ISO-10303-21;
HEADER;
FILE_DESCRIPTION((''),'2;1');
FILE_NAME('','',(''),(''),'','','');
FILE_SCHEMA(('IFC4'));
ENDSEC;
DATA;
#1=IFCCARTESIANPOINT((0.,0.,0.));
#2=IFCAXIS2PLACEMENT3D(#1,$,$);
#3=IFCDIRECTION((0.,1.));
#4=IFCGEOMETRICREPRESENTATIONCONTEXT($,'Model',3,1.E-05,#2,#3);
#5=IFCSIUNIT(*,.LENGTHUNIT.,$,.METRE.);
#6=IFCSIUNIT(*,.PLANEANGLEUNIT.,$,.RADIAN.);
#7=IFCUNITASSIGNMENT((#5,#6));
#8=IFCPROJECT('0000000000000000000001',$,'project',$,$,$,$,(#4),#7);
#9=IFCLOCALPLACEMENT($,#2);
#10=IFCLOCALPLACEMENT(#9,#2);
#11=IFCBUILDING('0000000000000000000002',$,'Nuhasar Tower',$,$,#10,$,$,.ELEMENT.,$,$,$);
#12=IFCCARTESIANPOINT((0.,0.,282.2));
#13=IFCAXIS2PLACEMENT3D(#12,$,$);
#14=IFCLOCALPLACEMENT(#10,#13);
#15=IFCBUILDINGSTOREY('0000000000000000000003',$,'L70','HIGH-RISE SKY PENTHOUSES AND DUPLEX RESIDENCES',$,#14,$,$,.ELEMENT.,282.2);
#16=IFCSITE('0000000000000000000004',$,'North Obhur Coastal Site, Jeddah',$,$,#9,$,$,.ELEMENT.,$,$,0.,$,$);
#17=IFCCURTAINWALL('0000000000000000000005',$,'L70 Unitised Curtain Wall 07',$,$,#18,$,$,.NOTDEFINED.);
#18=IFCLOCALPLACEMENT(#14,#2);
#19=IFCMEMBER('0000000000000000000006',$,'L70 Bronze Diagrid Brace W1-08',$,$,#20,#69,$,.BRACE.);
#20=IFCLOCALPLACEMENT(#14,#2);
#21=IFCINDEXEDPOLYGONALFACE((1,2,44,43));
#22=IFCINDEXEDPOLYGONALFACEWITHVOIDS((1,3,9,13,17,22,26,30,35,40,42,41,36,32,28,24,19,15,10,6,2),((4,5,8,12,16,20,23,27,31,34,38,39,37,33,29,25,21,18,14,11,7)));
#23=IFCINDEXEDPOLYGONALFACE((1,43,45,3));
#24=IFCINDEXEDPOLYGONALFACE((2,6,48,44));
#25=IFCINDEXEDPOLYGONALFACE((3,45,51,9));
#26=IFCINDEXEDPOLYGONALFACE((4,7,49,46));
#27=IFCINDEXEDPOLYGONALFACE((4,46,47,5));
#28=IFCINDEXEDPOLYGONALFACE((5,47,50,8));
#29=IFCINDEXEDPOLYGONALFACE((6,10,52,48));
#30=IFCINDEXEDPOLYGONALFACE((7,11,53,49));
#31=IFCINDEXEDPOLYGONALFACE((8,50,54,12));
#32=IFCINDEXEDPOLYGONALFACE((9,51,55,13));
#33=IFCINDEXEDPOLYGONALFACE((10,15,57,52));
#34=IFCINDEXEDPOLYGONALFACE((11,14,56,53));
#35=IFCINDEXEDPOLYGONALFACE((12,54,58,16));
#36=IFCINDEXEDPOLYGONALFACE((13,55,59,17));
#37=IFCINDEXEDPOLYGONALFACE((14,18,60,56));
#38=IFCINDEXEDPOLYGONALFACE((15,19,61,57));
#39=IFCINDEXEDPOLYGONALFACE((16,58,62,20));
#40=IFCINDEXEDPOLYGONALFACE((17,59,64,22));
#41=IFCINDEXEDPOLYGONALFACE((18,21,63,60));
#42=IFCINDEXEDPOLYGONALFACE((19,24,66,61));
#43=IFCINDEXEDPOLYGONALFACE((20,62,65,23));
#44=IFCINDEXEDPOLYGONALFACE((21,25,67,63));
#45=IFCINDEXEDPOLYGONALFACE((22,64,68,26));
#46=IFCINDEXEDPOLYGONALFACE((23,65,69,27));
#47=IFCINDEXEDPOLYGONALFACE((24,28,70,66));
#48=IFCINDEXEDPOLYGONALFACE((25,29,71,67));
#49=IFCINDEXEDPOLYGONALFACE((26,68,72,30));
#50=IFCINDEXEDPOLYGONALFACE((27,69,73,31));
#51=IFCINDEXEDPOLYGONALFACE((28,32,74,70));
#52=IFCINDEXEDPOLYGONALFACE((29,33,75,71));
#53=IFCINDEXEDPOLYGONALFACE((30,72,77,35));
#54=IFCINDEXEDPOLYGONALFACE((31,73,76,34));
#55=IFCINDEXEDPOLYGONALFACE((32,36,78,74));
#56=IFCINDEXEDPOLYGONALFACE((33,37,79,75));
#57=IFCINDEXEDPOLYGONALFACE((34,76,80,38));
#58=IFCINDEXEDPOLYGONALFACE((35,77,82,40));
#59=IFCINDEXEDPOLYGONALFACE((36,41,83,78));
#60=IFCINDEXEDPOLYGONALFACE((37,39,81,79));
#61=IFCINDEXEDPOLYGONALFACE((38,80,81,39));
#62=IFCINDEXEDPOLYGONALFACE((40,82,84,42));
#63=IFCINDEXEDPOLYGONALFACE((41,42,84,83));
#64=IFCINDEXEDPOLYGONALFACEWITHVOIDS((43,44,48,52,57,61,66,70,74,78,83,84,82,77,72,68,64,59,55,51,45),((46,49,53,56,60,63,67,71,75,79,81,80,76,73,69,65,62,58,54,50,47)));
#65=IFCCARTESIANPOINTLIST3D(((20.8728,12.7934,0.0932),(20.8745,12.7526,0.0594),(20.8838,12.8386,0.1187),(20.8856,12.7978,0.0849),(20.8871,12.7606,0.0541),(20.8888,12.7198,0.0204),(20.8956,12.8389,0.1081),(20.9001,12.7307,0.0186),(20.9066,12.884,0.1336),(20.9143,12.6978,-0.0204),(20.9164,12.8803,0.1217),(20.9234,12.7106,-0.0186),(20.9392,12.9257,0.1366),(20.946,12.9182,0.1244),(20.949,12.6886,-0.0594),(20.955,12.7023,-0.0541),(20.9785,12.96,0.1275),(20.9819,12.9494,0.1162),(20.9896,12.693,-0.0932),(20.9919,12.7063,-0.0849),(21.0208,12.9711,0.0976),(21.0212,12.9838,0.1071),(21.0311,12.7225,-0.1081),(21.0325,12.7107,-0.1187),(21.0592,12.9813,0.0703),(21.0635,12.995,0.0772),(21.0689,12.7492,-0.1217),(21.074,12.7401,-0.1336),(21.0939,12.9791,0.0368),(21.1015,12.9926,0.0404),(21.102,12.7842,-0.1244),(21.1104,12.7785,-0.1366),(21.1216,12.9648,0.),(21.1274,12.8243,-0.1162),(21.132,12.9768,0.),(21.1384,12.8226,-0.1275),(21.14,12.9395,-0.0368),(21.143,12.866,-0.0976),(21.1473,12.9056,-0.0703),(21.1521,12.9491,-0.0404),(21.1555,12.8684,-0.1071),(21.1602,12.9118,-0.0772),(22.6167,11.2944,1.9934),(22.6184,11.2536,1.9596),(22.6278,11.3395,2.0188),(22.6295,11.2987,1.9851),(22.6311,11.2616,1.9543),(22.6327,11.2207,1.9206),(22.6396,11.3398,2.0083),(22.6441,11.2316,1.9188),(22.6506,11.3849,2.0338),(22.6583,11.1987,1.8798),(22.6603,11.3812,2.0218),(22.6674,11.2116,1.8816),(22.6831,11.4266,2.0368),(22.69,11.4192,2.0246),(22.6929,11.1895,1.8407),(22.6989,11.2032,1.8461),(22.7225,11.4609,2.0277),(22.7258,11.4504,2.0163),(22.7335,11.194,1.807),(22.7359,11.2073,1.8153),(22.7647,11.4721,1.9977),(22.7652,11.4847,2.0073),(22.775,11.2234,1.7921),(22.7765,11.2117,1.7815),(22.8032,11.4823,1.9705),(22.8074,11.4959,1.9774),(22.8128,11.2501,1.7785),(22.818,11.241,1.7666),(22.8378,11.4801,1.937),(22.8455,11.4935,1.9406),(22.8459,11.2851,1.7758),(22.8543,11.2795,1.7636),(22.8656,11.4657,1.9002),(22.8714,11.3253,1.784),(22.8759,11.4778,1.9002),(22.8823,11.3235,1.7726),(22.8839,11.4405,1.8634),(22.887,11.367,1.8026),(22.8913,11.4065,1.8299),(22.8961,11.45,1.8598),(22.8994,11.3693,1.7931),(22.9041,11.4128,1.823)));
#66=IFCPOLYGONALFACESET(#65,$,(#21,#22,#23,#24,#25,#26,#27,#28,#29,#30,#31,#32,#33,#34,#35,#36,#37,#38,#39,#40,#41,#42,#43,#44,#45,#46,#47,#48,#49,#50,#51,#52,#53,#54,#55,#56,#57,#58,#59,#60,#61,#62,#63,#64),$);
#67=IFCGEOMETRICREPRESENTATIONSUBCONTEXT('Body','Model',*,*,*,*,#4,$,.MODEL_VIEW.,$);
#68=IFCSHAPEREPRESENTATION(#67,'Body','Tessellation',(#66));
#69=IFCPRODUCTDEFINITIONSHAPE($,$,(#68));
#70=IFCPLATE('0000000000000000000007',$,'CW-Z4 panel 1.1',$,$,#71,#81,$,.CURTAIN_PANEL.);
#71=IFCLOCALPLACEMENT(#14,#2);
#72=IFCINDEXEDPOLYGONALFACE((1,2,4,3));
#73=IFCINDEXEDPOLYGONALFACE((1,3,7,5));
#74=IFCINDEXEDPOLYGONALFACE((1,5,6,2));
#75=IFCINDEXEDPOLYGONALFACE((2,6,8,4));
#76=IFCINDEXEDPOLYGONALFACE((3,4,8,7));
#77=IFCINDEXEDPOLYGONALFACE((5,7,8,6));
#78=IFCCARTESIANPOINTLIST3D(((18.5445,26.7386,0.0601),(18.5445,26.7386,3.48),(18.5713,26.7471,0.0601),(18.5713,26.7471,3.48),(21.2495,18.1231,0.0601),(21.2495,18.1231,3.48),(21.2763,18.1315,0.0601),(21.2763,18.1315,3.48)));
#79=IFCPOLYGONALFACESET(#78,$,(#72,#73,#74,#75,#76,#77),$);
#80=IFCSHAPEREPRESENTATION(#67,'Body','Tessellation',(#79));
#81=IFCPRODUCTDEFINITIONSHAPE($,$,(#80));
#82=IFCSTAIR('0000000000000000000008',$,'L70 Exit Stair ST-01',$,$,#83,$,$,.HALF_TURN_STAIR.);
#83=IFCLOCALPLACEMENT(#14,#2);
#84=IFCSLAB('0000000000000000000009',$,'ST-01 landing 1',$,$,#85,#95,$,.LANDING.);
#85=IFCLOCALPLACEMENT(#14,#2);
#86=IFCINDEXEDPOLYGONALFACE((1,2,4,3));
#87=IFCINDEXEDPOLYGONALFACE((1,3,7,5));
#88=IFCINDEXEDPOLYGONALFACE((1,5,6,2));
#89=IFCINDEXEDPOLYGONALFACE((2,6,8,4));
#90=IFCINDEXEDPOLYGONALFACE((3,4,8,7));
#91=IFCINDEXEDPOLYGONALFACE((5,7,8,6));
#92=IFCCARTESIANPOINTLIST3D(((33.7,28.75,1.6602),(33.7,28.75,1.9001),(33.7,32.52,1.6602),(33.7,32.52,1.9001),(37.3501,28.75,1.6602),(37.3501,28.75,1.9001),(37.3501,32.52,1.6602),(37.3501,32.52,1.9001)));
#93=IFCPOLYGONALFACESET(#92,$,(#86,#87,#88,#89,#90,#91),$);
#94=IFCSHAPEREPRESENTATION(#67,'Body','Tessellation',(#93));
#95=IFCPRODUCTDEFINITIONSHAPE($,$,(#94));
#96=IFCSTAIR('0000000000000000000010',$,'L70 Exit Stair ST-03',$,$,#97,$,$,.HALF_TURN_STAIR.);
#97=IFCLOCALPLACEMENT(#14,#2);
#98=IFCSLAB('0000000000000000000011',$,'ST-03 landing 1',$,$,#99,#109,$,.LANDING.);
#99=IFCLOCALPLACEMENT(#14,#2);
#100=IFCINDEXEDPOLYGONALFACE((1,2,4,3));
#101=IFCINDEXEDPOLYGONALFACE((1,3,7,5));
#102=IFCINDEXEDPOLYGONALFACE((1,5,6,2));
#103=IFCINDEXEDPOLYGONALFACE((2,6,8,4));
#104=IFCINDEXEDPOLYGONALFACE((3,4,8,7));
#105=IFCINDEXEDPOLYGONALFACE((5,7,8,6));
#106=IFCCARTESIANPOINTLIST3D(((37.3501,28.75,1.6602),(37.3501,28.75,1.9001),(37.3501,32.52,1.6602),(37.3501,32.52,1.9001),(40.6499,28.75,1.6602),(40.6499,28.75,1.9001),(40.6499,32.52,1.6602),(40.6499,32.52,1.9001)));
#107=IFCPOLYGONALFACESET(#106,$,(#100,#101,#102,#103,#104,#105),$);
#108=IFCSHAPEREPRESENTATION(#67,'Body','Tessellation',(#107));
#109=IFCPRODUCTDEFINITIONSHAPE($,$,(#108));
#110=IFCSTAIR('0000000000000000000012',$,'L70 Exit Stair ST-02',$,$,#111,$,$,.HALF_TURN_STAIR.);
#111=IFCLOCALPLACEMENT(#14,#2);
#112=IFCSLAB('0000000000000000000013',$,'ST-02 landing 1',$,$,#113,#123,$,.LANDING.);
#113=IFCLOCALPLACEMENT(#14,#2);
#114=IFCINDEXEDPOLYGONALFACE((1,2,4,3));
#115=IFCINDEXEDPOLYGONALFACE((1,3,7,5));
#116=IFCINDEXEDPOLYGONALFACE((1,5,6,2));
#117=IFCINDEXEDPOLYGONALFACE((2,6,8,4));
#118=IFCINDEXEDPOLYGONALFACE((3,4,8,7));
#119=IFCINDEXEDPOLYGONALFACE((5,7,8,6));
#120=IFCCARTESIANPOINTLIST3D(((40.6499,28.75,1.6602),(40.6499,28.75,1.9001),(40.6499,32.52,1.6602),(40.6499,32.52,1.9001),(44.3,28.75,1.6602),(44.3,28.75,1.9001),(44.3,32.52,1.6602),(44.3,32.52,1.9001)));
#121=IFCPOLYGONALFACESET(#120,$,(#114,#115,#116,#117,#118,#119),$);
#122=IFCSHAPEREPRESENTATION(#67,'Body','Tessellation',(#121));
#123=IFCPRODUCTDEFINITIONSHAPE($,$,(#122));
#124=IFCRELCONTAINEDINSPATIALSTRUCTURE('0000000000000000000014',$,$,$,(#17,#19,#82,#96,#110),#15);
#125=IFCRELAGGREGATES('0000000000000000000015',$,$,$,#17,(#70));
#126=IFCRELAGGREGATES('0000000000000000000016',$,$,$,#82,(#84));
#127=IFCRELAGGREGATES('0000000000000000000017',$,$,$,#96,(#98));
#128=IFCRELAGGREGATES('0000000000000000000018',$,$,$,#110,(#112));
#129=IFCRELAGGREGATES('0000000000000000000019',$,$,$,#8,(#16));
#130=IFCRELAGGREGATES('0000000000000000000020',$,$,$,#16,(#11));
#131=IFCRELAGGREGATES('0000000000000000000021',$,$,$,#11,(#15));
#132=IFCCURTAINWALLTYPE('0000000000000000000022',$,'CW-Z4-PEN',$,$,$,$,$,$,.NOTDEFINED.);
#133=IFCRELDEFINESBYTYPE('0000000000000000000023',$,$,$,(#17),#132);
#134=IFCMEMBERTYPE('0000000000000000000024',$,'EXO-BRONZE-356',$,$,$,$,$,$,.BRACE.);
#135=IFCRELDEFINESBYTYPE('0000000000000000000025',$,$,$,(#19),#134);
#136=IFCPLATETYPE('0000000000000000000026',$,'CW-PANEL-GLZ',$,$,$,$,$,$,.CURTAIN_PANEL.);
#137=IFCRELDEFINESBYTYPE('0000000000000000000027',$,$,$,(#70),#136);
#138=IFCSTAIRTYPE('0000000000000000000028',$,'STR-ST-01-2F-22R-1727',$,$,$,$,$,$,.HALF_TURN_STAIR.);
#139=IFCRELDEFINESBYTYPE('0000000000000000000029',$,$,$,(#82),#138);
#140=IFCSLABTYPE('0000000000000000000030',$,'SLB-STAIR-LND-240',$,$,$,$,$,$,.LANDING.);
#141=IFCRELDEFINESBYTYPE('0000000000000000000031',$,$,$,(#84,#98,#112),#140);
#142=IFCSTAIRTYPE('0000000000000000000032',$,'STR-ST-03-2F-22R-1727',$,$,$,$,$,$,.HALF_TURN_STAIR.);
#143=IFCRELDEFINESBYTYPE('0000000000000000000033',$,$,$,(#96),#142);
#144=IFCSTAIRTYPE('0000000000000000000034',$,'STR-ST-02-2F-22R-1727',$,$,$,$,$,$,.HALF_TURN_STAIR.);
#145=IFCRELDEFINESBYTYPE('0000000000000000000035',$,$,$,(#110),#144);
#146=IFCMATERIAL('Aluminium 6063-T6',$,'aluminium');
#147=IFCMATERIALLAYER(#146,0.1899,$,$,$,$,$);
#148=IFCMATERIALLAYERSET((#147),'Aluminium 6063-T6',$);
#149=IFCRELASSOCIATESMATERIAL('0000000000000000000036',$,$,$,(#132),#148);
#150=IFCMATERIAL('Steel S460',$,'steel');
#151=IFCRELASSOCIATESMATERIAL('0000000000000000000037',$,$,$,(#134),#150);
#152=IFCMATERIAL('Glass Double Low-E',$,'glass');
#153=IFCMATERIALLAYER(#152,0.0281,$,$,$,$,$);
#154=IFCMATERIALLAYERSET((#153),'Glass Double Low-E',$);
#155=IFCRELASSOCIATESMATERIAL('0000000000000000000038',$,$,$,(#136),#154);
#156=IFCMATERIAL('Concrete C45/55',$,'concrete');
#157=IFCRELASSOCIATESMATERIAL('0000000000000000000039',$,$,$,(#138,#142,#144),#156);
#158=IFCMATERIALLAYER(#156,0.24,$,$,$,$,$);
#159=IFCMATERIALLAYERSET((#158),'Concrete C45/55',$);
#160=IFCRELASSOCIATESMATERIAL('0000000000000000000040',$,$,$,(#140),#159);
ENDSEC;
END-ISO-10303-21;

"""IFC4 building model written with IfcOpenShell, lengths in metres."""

from ifc_helpers import new_model, si_unit, direction, frame, origin, origin_2d, place, context, subcontext, project, spatial, polyline, rectangle, hollow_circle, outline, extrude, material, layer, layer_set, material_profile, profile_set, type_object, element, aggregate, save


model = new_model("IFC4")

# Units and contexts
model_context = context("Model", 3, precision=1e-05, world=origin(), true_north=direction((0.0, 1.0)))
body_context = subcontext(model_context, "Body", "Model", "MODEL_VIEW")
ifc_project = project(units=[si_unit("LENGTHUNIT", "METRE"), si_unit("PLANEANGLEUNIT", "RADIAN")], contexts=[model_context])

# Site, building, storey
site_placement = place(None, origin())
site = spatial("IfcSite", under=ifc_project, at=site_placement, Name="North Obhur Coastal Site, Jeddah", CompositionType="ELEMENT", RefElevation=0.0)
building_placement = place(site_placement, origin())
building = spatial("IfcBuilding", under=site, at=building_placement, Name="Nuhasar Tower", CompositionType="ELEMENT")
storey_placement = place(building_placement, frame((0.0, 0.0, 282.2)))
storey = spatial("IfcBuildingStorey", under=building, at=storey_placement, Name="L70", Description="HIGH-RISE SKY PENTHOUSES AND DUPLEX RESIDENCES", CompositionType="ELEMENT", Elevation=282.2)

# Curtain wall
ifc_material_1 = material(Name="Aluminium 6063-T6", Category="aluminium")
ifc_layer_1 = layer(ifc_material_1, 0.1899)
ifc_layer_set_1 = layer_set([ifc_layer_1], Name="Aluminium 6063-T6")
curtain_wall_type = type_object("IfcCurtainWallType", Name="CW-Z4-PEN", PredefinedType="NOTDEFINED", material=ifc_layer_set_1)
curtain_wall_1_placement = place(storey_placement, origin())
curtain_wall_1 = element("IfcCurtainWall", 1, at=curtain_wall_1_placement, inside=storey, type_object=curtain_wall_type, Name="L70 Unitised Curtain Wall 07", PredefinedType="NOTDEFINED")

# Member
ifc_material_2 = material(Name="Steel S460", Category="steel")
ifc_material_profile_1 = material_profile(ifc_material_2, hollow_circle(Radius=0.1777, WallThickness=0.0159, at=origin_2d()), Name="HSS355.6X15.9")
ifc_profile_set_1 = profile_set([ifc_material_profile_1], Name="Steel S460")
member_type_1 = type_object("IfcMemberType", Name="EXO-BRONZE-356", PredefinedType="BRACE", material=ifc_profile_set_1)
member_1_placement = place(storey_placement, frame((21.0161, 12.842, 0.0), z_axis=(0.584595, -0.502508, 0.636973), x_axis=(0.651857, 0.758342, 0.0)))
element("IfcMember", 2, at=member_1_placement, inside=storey, type_object=member_type_1, Name="L70 Bronze Diagrid Brace W1-08", PredefinedType="BRACE", context=body_context, shape_type="SweptSolid", body=[
    extrude(hollow_circle(Radius=0.1777, WallThickness=0.0159, at=origin_2d()), origin(), (0.0, 0.0, 1.0), 2.9832),
])

# Plate
ifc_material_3 = material(Name="Glass Double Low-E", Category="glass")
ifc_layer_2 = layer(ifc_material_3, 0.0281)
ifc_layer_set_2 = layer_set([ifc_layer_2], Name="Glass Double Low-E")
plate_type = type_object("IfcPlateType", Name="CW-PANEL-GLZ", PredefinedType="CURTAIN_PANEL", material=ifc_layer_set_2)
plate_placement = place(storey_placement, frame((19.9104, 22.4351, 0.0601), z_axis=(0.0, 0.0, 1.0), x_axis=(0.299557, -0.954079, 0.0)))
plate = element("IfcPlate", 3, at=plate_placement, type_object=plate_type, Name="CW-Z4 panel 1.1", PredefinedType="CURTAIN_PANEL", context=body_context, shape_type="SweptSolid", body=[
    extrude(rectangle(XDim=9.0303, YDim=0.0281, at=origin_2d()), origin(), (0.0, 0.0, 1.0), 3.4199),
])
aggregate(curtain_wall_1, [plate])

# Stairs, slabs
ifc_material_4 = material(Name="Concrete C45/55", Category="concrete")
stair_type_1 = type_object("IfcStairType", Name="STR-ST-01-2F-22R-1727", PredefinedType="HALF_TURN_STAIR", material=ifc_material_4)
stair_1_placement = place(storey_placement, origin())
stair_1 = element("IfcStair", 4, at=stair_1_placement, inside=storey, type_object=stair_type_1, Name="L70 Exit Stair ST-01", PredefinedType="HALF_TURN_STAIR")
ifc_layer_3 = layer(ifc_material_4, 0.24)
ifc_layer_set_3 = layer_set([ifc_layer_3], Name="Concrete C45/55")
slab_type_1 = type_object("IfcSlabType", Name="SLB-STAIR-LND-240", PredefinedType="LANDING", material=ifc_layer_set_3)
slab_1_placement = place(storey_placement, frame((0.0, 0.0, 1.6602)))
slab_1 = element("IfcSlab", 5, at=slab_1_placement, type_object=slab_type_1, Name="ST-01 landing 1", PredefinedType="LANDING", context=body_context, shape_type="SweptSolid", body=[
    extrude(outline(polyline([(33.7, 28.75), (37.3501, 28.75), (37.3501, 32.52), (33.7, 32.52), (33.7, 28.75)])), origin(), (0.0, 0.0, 1.0), 0.24),
])
aggregate(stair_1, [slab_1])
stair_type_2 = type_object("IfcStairType", Name="STR-ST-03-2F-22R-1727", PredefinedType="HALF_TURN_STAIR", material=ifc_material_4)
stair_2_placement = place(storey_placement, origin())
stair_2 = element("IfcStair", 6, at=stair_2_placement, inside=storey, type_object=stair_type_2, Name="L70 Exit Stair ST-03", PredefinedType="HALF_TURN_STAIR")
slab_2_placement = place(storey_placement, frame((0.0, 0.0, 1.6602)))
slab_2 = element("IfcSlab", 7, at=slab_2_placement, type_object=slab_type_1, Name="ST-03 landing 1", PredefinedType="LANDING", context=body_context, shape_type="SweptSolid", body=[
    extrude(outline(polyline([(37.3501, 28.75), (40.6499, 28.75), (40.6499, 32.52), (37.3501, 32.52), (37.3501, 28.75)])), origin(), (0.0, 0.0, 1.0), 0.24),
])
aggregate(stair_2, [slab_2])
stair_type_3 = type_object("IfcStairType", Name="STR-ST-02-2F-22R-1727", PredefinedType="HALF_TURN_STAIR", material=ifc_material_4)
stair_3_placement = place(storey_placement, origin())
stair_3 = element("IfcStair", 8, at=stair_3_placement, inside=storey, type_object=stair_type_3, Name="L70 Exit Stair ST-02", PredefinedType="HALF_TURN_STAIR")
slab_3_placement = place(storey_placement, frame((0.0, 0.0, 1.6602)))
slab_3 = element("IfcSlab", 9, at=slab_3_placement, type_object=slab_type_1, Name="ST-02 landing 1", PredefinedType="LANDING", context=body_context, shape_type="SweptSolid", body=[
    extrude(outline(polyline([(40.6499, 28.75), (44.3, 28.75), (44.3, 32.52), (40.6499, 32.52), (40.6499, 28.75)])), origin(), (0.0, 0.0, 1.0), 0.24),
])
aggregate(stair_3, [slab_3])

save(model, "model.ifc")
